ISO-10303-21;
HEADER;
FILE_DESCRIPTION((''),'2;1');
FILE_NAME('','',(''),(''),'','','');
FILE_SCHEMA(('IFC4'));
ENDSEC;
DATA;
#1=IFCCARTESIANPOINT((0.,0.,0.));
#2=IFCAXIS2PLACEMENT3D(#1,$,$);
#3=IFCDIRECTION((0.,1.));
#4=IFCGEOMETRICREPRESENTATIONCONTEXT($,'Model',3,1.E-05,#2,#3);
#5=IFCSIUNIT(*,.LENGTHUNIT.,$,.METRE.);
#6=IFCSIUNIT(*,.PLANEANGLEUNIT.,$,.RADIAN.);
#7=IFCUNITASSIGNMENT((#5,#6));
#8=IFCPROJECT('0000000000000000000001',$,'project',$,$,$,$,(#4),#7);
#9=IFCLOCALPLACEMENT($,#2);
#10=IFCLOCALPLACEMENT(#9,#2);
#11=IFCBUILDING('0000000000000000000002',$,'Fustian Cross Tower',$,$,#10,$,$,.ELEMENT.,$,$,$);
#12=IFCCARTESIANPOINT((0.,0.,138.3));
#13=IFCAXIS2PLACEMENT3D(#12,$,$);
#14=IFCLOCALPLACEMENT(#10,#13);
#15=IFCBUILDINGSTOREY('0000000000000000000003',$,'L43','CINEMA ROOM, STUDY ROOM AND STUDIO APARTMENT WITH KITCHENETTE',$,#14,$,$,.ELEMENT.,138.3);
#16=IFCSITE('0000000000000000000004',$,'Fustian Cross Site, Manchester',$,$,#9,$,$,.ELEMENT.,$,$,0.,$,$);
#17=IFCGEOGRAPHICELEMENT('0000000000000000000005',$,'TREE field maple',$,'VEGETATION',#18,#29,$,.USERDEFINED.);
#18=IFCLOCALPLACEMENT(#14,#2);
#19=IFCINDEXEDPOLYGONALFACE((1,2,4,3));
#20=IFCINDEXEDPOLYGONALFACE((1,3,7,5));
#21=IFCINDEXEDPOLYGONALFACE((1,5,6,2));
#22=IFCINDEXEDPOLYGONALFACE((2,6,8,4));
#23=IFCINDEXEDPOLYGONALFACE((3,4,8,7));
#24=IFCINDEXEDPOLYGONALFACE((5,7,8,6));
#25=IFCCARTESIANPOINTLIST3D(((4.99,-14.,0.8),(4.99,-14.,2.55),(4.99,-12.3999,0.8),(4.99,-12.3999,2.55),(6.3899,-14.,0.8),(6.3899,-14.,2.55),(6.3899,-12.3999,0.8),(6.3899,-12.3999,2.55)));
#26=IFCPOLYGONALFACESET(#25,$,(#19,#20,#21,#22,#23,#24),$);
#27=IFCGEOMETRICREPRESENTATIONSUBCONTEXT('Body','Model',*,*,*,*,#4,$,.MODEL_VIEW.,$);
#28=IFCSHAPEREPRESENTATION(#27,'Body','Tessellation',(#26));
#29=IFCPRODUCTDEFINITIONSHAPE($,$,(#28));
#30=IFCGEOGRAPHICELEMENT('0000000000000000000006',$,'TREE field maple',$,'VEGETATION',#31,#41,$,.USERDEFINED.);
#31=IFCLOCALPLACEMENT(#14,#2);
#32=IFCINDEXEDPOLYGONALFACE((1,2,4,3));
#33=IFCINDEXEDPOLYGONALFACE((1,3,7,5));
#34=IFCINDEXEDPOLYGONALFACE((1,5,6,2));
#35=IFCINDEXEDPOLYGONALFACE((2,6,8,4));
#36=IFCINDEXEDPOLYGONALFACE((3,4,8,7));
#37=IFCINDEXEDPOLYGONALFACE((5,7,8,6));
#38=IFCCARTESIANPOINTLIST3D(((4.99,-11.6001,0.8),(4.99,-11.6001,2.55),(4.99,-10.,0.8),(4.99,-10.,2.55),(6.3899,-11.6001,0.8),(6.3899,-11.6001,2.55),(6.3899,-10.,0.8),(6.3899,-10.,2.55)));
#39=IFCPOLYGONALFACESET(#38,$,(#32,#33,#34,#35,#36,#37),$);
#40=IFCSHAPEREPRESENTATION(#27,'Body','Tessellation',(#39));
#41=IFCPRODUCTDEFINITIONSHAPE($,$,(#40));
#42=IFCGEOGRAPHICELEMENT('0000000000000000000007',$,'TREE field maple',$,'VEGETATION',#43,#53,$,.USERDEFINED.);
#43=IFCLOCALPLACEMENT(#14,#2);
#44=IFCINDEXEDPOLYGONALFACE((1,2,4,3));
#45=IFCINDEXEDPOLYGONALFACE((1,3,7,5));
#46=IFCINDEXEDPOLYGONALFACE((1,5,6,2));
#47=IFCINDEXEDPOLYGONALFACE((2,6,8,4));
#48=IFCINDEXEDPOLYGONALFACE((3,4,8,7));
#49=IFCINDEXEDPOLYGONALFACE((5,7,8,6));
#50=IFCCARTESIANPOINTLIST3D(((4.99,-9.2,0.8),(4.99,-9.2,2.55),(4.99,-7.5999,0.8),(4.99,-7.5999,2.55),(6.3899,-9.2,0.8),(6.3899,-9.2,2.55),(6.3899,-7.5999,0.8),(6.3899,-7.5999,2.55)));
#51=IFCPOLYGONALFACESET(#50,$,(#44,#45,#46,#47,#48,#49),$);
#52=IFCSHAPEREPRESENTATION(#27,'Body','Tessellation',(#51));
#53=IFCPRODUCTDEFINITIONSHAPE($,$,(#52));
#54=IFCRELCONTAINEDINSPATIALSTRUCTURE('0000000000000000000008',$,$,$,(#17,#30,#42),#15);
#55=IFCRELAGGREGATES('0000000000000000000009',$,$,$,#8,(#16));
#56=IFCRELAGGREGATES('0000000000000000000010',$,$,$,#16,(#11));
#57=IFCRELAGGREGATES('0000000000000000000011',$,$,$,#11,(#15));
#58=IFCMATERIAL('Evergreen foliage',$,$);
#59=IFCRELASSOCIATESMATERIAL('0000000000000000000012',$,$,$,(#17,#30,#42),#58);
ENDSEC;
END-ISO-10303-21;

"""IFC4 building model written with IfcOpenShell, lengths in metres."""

from ifc_helpers import new_model, si_unit, direction, frame, origin, origin_2d, place, context, subcontext, project, spatial, rectangle, extrude, material, element, save


model = new_model("IFC4")

# Units and contexts
model_context = context("Model", 3, precision=1e-05, world=origin(), true_north=direction((0.0, 1.0)))
body_context = subcontext(model_context, "Body", "Model", "MODEL_VIEW")
ifc_project = project(units=[si_unit("LENGTHUNIT", "METRE"), si_unit("PLANEANGLEUNIT", "RADIAN")], contexts=[model_context])

# Site, building, storey
site_placement = place(None, origin())
site = spatial("IfcSite", under=ifc_project, at=site_placement, Name="Fustian Cross Site, Manchester", CompositionType="ELEMENT", RefElevation=0.0)
building_placement = place(site_placement, origin())
building = spatial("IfcBuilding", under=site, at=building_placement, Name="Fustian Cross Tower", CompositionType="ELEMENT")
storey_placement = place(building_placement, frame((0.0, 0.0, 138.3)))
storey = spatial("IfcBuildingStorey", under=building, at=storey_placement, Name="L43", Description="CINEMA ROOM, STUDY ROOM AND STUDIO APARTMENT WITH KITCHENETTE", CompositionType="ELEMENT", Elevation=138.3)

# Geographic elements
ifc_material_1 = material(Name="Evergreen foliage")
for number, where, z_axis, x_axis, name in (
    (1, (5.6899, -13.2, 0.8), (0.0, 0.0, 1.0), (1.0, 0.0, 0.0), "TREE field maple"),
    (2, (5.6899, -10.8, 0.8), (0.0, 0.0, 1.0), (1.0, 0.0, 0.0), "TREE field maple"),
    (3, (5.6899, -8.3999, 0.8), (0.0, 0.0, 1.0), (1.0, 0.0, 0.0), "TREE field maple"),
):
    element("IfcGeographicElement", number, at=place(storey_placement, frame(where, z_axis=z_axis, x_axis=x_axis)), inside=storey, material=ifc_material_1, Name=name, ObjectType="VEGETATION", PredefinedType="USERDEFINED", context=body_context, shape_type="SweptSolid", body=[
        extrude(rectangle(XDim=1.3999, YDim=1.6001, at=origin_2d()), origin(), (0.0, 0.0, 1.0), 1.75),
    ])

save(model, "model.ifc")
